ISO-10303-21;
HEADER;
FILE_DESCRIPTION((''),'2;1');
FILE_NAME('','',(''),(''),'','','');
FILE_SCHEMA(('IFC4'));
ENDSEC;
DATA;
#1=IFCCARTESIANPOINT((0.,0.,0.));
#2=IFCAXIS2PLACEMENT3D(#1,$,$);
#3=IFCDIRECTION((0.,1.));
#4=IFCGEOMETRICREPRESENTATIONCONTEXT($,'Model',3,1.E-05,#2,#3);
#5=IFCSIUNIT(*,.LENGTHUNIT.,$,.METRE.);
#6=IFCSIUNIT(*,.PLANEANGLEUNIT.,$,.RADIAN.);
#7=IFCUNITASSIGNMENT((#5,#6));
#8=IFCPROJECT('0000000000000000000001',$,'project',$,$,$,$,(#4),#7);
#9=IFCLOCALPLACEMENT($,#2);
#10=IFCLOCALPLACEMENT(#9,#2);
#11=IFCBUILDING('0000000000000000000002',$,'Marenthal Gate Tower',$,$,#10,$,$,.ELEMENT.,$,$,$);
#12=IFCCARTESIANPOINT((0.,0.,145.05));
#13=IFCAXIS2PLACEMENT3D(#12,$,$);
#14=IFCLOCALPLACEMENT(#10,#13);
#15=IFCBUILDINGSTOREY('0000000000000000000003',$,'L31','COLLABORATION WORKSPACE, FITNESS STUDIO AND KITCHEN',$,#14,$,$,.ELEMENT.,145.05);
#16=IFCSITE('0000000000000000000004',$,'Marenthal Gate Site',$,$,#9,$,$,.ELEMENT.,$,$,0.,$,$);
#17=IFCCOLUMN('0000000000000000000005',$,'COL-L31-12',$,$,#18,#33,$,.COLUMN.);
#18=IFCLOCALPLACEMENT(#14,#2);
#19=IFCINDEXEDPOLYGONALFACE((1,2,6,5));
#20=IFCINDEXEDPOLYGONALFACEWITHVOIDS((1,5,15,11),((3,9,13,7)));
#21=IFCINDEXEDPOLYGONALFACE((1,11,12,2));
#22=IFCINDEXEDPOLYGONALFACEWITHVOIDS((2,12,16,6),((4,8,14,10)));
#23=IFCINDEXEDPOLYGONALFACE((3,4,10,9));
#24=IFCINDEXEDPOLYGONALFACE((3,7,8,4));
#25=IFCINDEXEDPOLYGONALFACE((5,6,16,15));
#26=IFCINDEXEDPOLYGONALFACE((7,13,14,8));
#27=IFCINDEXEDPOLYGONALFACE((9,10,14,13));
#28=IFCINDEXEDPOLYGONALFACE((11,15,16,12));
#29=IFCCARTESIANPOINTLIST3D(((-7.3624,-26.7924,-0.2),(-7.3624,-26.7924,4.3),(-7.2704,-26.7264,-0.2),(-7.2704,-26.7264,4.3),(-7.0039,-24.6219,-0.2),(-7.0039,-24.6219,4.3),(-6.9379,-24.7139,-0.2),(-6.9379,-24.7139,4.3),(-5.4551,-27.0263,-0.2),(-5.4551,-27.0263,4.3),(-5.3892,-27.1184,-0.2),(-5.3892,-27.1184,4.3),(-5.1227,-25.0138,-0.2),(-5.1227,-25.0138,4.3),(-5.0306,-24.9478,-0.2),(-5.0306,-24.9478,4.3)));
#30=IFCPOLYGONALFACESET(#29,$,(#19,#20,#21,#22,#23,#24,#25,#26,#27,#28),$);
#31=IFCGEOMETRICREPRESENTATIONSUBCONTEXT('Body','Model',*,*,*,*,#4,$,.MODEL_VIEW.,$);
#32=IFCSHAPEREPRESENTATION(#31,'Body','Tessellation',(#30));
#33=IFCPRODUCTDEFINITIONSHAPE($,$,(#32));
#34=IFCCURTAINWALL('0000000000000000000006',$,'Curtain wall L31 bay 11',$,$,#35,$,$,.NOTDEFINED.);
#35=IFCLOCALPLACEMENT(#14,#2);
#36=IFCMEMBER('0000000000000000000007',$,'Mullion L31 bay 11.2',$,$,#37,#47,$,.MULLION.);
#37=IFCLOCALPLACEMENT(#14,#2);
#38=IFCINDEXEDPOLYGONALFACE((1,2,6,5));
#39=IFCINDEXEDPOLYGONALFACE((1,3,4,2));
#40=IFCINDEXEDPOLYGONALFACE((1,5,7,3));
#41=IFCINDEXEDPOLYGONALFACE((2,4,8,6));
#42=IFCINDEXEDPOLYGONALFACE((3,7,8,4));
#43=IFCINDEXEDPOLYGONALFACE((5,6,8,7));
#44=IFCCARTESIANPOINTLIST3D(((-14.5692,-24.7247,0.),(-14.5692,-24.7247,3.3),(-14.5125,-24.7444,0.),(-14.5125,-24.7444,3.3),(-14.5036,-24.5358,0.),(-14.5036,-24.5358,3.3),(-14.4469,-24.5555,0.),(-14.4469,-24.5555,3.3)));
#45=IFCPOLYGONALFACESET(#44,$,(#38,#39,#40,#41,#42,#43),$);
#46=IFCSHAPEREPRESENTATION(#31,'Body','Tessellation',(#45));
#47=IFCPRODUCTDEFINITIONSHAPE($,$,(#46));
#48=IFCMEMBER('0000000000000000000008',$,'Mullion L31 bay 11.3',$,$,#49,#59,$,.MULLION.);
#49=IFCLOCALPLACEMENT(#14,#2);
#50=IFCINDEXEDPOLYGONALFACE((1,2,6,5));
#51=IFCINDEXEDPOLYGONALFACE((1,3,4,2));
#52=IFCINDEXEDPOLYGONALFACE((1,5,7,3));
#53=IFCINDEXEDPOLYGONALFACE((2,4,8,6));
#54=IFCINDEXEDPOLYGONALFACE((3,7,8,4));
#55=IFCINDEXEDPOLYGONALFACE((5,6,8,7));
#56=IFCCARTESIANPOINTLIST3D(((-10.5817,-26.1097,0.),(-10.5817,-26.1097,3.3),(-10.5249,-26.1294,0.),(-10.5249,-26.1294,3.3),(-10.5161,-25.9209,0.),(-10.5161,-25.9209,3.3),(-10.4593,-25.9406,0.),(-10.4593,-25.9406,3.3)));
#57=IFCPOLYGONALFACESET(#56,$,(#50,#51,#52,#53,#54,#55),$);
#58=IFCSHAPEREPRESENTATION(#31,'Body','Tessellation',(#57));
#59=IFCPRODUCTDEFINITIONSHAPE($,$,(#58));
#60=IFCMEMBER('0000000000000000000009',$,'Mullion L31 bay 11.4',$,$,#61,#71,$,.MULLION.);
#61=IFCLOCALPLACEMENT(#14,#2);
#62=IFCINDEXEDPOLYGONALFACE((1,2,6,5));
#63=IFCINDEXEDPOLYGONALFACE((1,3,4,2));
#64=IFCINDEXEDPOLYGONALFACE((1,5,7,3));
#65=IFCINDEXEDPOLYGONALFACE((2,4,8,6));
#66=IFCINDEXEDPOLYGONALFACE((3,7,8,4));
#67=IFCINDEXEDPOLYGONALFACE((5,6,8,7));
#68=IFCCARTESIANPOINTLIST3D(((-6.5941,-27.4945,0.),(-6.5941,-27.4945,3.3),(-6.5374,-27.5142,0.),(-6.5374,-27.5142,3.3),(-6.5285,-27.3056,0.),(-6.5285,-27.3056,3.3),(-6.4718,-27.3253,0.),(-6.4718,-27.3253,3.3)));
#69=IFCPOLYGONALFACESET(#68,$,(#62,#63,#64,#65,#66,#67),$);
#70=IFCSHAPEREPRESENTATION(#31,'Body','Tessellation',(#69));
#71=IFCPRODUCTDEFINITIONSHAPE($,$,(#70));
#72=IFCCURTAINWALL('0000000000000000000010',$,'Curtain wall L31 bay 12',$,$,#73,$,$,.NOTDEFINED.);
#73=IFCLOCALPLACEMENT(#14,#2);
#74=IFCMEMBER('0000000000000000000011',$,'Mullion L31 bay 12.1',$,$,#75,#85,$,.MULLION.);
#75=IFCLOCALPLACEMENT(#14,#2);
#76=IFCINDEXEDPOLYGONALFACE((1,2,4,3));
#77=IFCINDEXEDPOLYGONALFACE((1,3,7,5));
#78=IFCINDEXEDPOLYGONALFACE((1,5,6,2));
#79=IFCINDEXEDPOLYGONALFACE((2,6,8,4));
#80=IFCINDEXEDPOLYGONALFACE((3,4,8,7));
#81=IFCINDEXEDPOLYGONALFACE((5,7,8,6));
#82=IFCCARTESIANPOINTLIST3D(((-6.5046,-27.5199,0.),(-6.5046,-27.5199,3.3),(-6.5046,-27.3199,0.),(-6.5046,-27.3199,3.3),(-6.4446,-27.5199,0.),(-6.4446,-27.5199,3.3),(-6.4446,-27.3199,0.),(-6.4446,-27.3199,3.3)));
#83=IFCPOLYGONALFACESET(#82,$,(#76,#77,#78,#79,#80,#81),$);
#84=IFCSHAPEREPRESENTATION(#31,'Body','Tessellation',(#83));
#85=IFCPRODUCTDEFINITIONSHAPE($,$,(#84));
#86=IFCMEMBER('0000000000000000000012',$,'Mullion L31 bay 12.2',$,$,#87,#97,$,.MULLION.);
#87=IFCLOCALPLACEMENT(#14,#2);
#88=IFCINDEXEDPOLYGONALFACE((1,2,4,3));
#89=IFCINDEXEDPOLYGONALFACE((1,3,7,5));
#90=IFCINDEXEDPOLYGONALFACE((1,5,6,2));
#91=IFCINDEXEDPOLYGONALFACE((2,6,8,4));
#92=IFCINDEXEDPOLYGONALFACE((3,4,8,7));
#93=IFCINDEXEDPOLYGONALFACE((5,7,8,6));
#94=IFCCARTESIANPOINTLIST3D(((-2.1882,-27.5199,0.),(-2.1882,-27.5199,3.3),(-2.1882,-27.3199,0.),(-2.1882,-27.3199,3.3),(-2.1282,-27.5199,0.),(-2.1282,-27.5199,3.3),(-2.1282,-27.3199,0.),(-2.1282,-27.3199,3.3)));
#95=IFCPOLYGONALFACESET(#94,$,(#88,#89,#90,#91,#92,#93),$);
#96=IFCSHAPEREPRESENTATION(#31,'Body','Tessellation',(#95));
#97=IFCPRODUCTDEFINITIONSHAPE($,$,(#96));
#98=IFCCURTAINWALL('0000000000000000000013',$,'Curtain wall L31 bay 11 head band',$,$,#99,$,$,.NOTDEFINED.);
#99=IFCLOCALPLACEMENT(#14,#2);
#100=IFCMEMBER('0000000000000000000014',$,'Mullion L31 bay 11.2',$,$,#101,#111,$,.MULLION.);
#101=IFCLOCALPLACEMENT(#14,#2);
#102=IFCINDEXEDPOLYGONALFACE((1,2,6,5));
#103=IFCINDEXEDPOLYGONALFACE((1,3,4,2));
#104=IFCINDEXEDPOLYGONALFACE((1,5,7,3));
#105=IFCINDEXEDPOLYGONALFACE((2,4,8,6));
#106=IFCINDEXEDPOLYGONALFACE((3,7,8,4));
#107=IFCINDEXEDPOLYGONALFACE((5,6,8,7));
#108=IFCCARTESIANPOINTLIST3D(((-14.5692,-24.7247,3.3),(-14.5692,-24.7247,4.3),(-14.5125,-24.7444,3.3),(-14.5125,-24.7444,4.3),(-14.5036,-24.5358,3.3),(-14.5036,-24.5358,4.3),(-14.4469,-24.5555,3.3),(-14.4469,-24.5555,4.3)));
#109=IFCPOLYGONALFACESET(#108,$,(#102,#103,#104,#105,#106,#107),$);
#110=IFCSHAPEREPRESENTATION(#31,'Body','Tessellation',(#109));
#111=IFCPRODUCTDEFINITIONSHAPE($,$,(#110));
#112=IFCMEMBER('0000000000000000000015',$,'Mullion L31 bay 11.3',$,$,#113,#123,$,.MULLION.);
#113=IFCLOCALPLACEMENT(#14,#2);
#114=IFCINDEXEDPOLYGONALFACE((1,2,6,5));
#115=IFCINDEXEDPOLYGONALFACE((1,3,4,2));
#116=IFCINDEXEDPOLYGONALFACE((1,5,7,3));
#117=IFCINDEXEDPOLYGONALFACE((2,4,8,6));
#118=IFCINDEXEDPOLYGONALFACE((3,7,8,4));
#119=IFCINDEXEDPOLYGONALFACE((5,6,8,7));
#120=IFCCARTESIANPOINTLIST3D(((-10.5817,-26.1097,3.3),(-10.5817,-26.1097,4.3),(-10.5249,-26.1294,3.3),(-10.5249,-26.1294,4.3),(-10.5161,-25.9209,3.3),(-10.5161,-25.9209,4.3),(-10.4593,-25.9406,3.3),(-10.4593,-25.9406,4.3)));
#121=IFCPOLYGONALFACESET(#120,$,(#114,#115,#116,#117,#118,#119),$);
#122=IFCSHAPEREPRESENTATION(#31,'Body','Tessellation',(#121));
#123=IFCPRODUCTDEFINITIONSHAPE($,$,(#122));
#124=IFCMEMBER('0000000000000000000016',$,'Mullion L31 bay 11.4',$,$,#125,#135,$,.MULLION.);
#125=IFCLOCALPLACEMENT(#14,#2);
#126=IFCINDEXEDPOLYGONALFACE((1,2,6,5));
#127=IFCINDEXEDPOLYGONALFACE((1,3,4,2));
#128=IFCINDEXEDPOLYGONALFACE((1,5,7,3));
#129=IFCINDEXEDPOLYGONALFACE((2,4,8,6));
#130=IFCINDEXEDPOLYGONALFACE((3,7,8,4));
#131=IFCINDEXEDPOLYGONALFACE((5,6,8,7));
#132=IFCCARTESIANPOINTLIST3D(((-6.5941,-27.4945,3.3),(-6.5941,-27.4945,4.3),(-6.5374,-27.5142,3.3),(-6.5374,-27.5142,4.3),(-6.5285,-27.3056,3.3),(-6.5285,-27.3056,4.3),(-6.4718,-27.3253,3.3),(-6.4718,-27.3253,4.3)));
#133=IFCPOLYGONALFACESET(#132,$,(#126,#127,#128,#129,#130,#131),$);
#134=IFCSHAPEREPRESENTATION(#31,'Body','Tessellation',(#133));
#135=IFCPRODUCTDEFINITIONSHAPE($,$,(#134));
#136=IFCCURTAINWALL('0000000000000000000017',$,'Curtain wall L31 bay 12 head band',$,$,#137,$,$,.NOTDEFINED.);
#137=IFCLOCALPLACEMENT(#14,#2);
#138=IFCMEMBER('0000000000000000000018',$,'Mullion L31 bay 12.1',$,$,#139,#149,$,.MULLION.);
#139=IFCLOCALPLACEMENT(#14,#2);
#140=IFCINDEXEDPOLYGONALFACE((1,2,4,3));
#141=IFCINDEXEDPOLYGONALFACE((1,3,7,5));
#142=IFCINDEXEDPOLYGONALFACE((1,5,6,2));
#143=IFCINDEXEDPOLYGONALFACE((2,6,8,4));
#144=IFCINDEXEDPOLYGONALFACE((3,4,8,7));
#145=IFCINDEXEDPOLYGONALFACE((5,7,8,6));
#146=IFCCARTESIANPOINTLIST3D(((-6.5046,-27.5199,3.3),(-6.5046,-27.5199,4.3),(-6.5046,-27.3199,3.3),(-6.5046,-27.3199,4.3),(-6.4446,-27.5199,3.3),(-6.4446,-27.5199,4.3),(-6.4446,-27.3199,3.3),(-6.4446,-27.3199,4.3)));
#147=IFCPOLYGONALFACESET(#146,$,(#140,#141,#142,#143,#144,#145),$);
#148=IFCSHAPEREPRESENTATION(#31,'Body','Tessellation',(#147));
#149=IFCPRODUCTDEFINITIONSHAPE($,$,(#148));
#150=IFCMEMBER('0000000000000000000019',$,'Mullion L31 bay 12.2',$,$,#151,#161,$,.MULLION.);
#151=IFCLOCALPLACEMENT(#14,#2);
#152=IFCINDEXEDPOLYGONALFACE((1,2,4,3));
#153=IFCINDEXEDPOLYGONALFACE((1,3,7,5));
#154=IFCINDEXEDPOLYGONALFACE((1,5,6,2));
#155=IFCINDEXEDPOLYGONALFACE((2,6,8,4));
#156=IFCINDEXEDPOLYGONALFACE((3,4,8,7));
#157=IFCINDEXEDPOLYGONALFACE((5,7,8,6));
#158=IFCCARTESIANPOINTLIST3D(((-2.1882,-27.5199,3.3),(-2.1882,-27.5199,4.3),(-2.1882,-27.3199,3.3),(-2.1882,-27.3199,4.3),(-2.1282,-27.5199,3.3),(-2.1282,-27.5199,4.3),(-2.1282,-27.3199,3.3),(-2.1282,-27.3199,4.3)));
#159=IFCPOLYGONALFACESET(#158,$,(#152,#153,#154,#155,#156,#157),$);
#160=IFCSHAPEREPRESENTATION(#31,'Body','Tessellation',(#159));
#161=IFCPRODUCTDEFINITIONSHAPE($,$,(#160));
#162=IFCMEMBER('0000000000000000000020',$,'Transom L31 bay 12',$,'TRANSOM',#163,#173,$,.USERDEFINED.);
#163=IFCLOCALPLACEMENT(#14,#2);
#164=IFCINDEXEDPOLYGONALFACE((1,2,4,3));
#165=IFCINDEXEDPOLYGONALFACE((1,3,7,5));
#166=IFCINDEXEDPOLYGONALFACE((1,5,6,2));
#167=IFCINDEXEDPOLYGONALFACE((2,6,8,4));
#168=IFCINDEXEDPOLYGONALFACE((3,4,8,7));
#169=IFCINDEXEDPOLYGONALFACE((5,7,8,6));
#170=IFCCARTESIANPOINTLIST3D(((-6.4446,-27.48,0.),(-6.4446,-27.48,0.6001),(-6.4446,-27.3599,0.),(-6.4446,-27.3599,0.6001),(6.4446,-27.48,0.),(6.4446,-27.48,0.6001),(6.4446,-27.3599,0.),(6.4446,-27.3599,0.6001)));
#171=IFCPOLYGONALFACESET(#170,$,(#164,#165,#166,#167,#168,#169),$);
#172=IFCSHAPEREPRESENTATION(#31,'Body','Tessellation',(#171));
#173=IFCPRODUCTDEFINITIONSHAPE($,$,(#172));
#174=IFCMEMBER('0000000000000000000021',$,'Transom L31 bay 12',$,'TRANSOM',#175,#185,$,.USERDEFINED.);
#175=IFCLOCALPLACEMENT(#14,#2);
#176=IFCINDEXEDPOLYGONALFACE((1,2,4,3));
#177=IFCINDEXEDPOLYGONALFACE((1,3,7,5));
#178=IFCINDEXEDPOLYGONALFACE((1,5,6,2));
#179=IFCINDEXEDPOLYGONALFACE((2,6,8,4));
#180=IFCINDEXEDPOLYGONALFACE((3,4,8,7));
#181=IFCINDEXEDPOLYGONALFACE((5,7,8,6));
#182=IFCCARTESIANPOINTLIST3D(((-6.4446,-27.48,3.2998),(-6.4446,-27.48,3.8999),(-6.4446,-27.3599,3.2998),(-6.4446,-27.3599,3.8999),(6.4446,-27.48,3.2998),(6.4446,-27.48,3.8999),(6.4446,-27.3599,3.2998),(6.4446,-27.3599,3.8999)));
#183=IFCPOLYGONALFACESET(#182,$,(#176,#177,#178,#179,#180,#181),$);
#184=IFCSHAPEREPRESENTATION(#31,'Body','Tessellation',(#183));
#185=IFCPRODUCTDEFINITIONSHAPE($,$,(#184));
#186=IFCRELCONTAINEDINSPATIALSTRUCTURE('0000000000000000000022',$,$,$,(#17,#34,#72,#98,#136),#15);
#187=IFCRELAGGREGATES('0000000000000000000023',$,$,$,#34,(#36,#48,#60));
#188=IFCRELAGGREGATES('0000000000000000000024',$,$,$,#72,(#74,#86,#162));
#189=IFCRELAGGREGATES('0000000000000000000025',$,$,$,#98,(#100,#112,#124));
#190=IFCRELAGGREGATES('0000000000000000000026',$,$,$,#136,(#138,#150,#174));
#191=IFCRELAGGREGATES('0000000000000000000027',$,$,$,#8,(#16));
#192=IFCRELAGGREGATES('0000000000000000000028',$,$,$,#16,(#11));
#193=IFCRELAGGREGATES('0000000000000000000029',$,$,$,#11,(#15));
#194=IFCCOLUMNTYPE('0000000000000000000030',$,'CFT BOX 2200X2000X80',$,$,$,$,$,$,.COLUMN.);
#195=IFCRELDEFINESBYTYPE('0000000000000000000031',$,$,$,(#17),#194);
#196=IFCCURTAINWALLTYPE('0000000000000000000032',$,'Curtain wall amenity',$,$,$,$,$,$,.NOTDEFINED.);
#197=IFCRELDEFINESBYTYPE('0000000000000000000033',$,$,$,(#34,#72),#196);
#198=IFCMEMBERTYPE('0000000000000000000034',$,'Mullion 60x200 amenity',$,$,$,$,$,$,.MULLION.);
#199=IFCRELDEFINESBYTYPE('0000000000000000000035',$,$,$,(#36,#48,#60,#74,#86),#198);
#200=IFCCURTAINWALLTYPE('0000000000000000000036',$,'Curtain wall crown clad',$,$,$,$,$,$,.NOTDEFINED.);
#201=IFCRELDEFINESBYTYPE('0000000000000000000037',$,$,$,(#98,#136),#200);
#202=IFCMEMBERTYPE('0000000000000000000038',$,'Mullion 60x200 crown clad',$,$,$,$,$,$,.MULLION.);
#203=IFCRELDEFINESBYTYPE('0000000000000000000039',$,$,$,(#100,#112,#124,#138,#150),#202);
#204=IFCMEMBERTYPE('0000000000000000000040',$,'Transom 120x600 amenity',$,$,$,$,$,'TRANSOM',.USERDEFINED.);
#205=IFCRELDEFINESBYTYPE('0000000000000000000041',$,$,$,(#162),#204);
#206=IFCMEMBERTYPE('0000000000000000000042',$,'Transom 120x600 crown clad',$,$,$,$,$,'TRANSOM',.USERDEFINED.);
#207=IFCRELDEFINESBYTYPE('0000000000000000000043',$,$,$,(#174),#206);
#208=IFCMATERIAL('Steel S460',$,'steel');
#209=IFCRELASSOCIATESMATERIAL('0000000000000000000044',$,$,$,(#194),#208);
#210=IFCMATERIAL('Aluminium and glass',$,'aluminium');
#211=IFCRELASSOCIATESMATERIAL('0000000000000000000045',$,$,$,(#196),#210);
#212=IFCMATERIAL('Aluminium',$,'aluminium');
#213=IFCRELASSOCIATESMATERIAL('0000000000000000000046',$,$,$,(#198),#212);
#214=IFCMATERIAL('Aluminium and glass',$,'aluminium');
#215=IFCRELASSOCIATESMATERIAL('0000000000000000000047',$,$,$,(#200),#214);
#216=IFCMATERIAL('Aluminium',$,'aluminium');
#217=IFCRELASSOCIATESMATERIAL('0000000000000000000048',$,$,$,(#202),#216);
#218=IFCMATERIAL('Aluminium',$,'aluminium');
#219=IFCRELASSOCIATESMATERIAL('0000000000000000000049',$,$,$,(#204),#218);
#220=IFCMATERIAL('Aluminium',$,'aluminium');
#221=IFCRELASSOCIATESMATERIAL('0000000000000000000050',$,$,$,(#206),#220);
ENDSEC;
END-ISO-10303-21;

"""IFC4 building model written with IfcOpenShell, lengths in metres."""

from ifc_helpers import new_model, si_unit, direction, frame, origin, origin_2d, place, context, subcontext, project, spatial, rectangle, hollow_rectangle, extrude, material, material_profile, profile_set, type_object, element, aggregate, save


model = new_model("IFC4")

# Units and contexts
model_context = context("Model", 3, precision=1e-05, world=origin(), true_north=direction((0.0, 1.0)))
body_context = subcontext(model_context, "Body", "Model", "MODEL_VIEW")
ifc_project = project(units=[si_unit("LENGTHUNIT", "METRE"), si_unit("PLANEANGLEUNIT", "RADIAN")], contexts=[model_context])

# Site, building, storey
site_placement = place(None, origin())
site = spatial("IfcSite", under=ifc_project, at=site_placement, Name="Marenthal Gate Site", CompositionType="ELEMENT", RefElevation=0.0)
building_placement = place(site_placement, origin())
building = spatial("IfcBuilding", under=site, at=building_placement, Name="Marenthal Gate Tower", CompositionType="ELEMENT")
storey_placement = place(building_placement, frame((0.0, 0.0, 145.05)))
storey = spatial("IfcBuildingStorey", under=building, at=storey_placement, Name="L31", Description="COLLABORATION WORKSPACE, FITNESS STUDIO AND KITCHEN", CompositionType="ELEMENT", Elevation=145.05)

# Column
ifc_material_1 = material(Name="Steel S460", Category="steel")
ifc_material_profile_1 = material_profile(ifc_material_1, hollow_rectangle(XDim=2.0, YDim=2.2, WallThickness=0.0801, at=origin_2d()), Name="CFT BOX 2200X2000X80")
ifc_material_2 = material(Name="Concrete 70 MPa", Category="concrete")
ifc_material_profile_2 = material_profile(ifc_material_2, rectangle(XDim=1.8401, YDim=2.04, at=origin_2d()), Name="CFT BOX 2200X2000X80 INFILL")
ifc_profile_set_1 = profile_set([ifc_material_profile_1, ifc_material_profile_2], Name="Steel S460 shell, Concrete 70 MPa infill")
column_type = type_object("IfcColumnType", Name="CFT BOX 2200X2000X80", PredefinedType="COLUMN", material=ifc_profile_set_1)
column_placement = place(storey_placement, frame((-6.1965, -25.8701, -0.2), z_axis=(0.0, 0.0, 1.0), x_axis=(-0.986629, 0.16298, 0.0)))
element("IfcColumn", 1, at=column_placement, inside=storey, type_object=column_type, Name="COL-L31-12", PredefinedType="COLUMN", context=body_context, shape_type="SweptSolid", body=[
    extrude(hollow_rectangle(XDim=2.0, YDim=2.2, WallThickness=0.0801, at=origin_2d()), origin(), (0.0, 0.0, 1.0), 4.5),
])

# Curtain walls, members
ifc_material_3 = material(Name="Aluminium and glass", Category="aluminium")
curtain_wall_type_1 = type_object("IfcCurtainWallType", Name="Curtain wall amenity", PredefinedType="NOTDEFINED", material=ifc_material_3)
curtain_wall_1_placement = place(storey_placement, origin())
curtain_wall_1 = element("IfcCurtainWall", 2, at=curtain_wall_1_placement, inside=storey, type_object=curtain_wall_type_1, Name="Curtain wall L31 bay 11", PredefinedType="NOTDEFINED")
ifc_material_4 = material(Name="Aluminium", Category="aluminium")
ifc_material_profile_3 = material_profile(ifc_material_4, rectangle(XDim=0.2, YDim=0.0601, at=origin_2d()), Name="60x200 aluminium mullion")
ifc_profile_set_2 = profile_set([ifc_material_profile_3], Name="Aluminium")
member_type_1 = type_object("IfcMemberType", Name="Mullion 60x200 amenity", PredefinedType="MULLION", material=ifc_profile_set_2)
member_1_placement = place(storey_placement, frame((-14.5081, -24.6401, 0.0), z_axis=(0.0, 0.0, 1.0), x_axis=(0.328089, 0.944647, 0.0)))
member_1 = element("IfcMember", 3, at=member_1_placement, type_object=member_type_1, Name="Mullion L31 bay 11.2", PredefinedType="MULLION", context=body_context, shape_type="SweptSolid", body=[
    extrude(rectangle(XDim=0.2, YDim=0.0601, at=origin_2d()), origin(), (0.0, 0.0, 1.0), 3.3),
])
member_2_placement = place(storey_placement, frame((-10.5205, -26.0251, 0.0), z_axis=(0.0, 0.0, 1.0), x_axis=(0.328089, 0.944647, 0.0)))
member_2 = element("IfcMember", 4, at=member_2_placement, type_object=member_type_1, Name="Mullion L31 bay 11.3", PredefinedType="MULLION", context=body_context, shape_type="SweptSolid", body=[
    extrude(rectangle(XDim=0.2, YDim=0.0601, at=origin_2d()), origin(), (0.0, 0.0, 1.0), 3.3),
])
member_3_placement = place(storey_placement, frame((-6.533, -27.4099, 0.0), z_axis=(0.0, 0.0, 1.0), x_axis=(0.328089, 0.944647, 0.0)))
member_3 = element("IfcMember", 5, at=member_3_placement, type_object=member_type_1, Name="Mullion L31 bay 11.4", PredefinedType="MULLION", context=body_context, shape_type="SweptSolid", body=[
    extrude(rectangle(XDim=0.2, YDim=0.0601, at=origin_2d()), origin(), (0.0, 0.0, 1.0), 3.3),
])
curtain_wall_2_placement = place(storey_placement, origin())
curtain_wall_2 = element("IfcCurtainWall", 6, at=curtain_wall_2_placement, inside=storey, type_object=curtain_wall_type_1, Name="Curtain wall L31 bay 12", PredefinedType="NOTDEFINED")
member_4_placement = place(storey_placement, frame((-6.4746, -27.4199, 0.0), z_axis=(0.0, 0.0, 1.0), x_axis=(0.0, 1.0, 0.0)))
member_4 = element("IfcMember", 7, at=member_4_placement, type_object=member_type_1, Name="Mullion L31 bay 12.1", PredefinedType="MULLION", context=body_context, shape_type="SweptSolid", body=[
    extrude(rectangle(XDim=0.2, YDim=0.0601, at=origin_2d()), origin(), (0.0, 0.0, 1.0), 3.3),
])
member_5_placement = place(storey_placement, frame((-2.1582, -27.4199, 0.0), z_axis=(0.0, 0.0, 1.0), x_axis=(0.0, 1.0, 0.0)))
member_5 = element("IfcMember", 8, at=member_5_placement, type_object=member_type_1, Name="Mullion L31 bay 12.2", PredefinedType="MULLION", context=body_context, shape_type="SweptSolid", body=[
    extrude(rectangle(XDim=0.2, YDim=0.0601, at=origin_2d()), origin(), (0.0, 0.0, 1.0), 3.3),
])
ifc_material_5 = material(Name="Aluminium and glass", Category="aluminium")
curtain_wall_type_2 = type_object("IfcCurtainWallType", Name="Curtain wall crown clad", PredefinedType="NOTDEFINED", material=ifc_material_5)
curtain_wall_3_placement = place(storey_placement, origin())
curtain_wall_3 = element("IfcCurtainWall", 9, at=curtain_wall_3_placement, inside=storey, type_object=curtain_wall_type_2, Name="Curtain wall L31 bay 11 head band", PredefinedType="NOTDEFINED")
ifc_material_6 = material(Name="Aluminium", Category="aluminium")
ifc_material_profile_4 = material_profile(ifc_material_6, rectangle(XDim=0.2, YDim=0.0601, at=origin_2d()), Name="60x200 aluminium mullion")
ifc_profile_set_3 = profile_set([ifc_material_profile_4], Name="Aluminium")
member_type_2 = type_object("IfcMemberType", Name="Mullion 60x200 crown clad", PredefinedType="MULLION", material=ifc_profile_set_3)
member_6_placement = place(storey_placement, frame((-14.5081, -24.6401, 3.3), z_axis=(0.0, 0.0, 1.0), x_axis=(0.328089, 0.944647, 0.0)))
member_6 = element("IfcMember", 10, at=member_6_placement, type_object=member_type_2, Name="Mullion L31 bay 11.2", PredefinedType="MULLION", context=body_context, shape_type="SweptSolid", body=[
    extrude(rectangle(XDim=0.2, YDim=0.0601, at=origin_2d()), origin(), (0.0, 0.0, 1.0), 1.0),
])
member_7_placement = place(storey_placement, frame((-10.5205, -26.0251, 3.3), z_axis=(0.0, 0.0, 1.0), x_axis=(0.328089, 0.944647, 0.0)))
member_7 = element("IfcMember", 11, at=member_7_placement, type_object=member_type_2, Name="Mullion L31 bay 11.3", PredefinedType="MULLION", context=body_context, shape_type="SweptSolid", body=[
    extrude(rectangle(XDim=0.2, YDim=0.0601, at=origin_2d()), origin(), (0.0, 0.0, 1.0), 1.0),
])
member_8_placement = place(storey_placement, frame((-6.533, -27.4099, 3.3), z_axis=(0.0, 0.0, 1.0), x_axis=(0.328089, 0.944647, 0.0)))
member_8 = element("IfcMember", 12, at=member_8_placement, type_object=member_type_2, Name="Mullion L31 bay 11.4", PredefinedType="MULLION", context=body_context, shape_type="SweptSolid", body=[
    extrude(rectangle(XDim=0.2, YDim=0.0601, at=origin_2d()), origin(), (0.0, 0.0, 1.0), 1.0),
])
curtain_wall_4_placement = place(storey_placement, origin())
curtain_wall_4 = element("IfcCurtainWall", 13, at=curtain_wall_4_placement, inside=storey, type_object=curtain_wall_type_2, Name="Curtain wall L31 bay 12 head band", PredefinedType="NOTDEFINED")
member_9_placement = place(storey_placement, frame((-6.4746, -27.4199, 3.3), z_axis=(0.0, 0.0, 1.0), x_axis=(0.0, 1.0, 0.0)))
member_9 = element("IfcMember", 14, at=member_9_placement, type_object=member_type_2, Name="Mullion L31 bay 12.1", PredefinedType="MULLION", context=body_context, shape_type="SweptSolid", body=[
    extrude(rectangle(XDim=0.2, YDim=0.0601, at=origin_2d()), origin(), (0.0, 0.0, 1.0), 1.0),
])
member_10_placement = place(storey_placement, frame((-2.1582, -27.4199, 3.3), z_axis=(0.0, 0.0, 1.0), x_axis=(0.0, 1.0, 0.0)))
member_10 = element("IfcMember", 15, at=member_10_placement, type_object=member_type_2, Name="Mullion L31 bay 12.2", PredefinedType="MULLION", context=body_context, shape_type="SweptSolid", body=[
    extrude(rectangle(XDim=0.2, YDim=0.0601, at=origin_2d()), origin(), (0.0, 0.0, 1.0), 1.0),
])

# Members
ifc_material_7 = material(Name="Aluminium", Category="aluminium")
ifc_material_profile_5 = material_profile(ifc_material_7, rectangle(XDim=0.1201, YDim=0.6001, at=origin_2d()), Name="120x600 aluminium transom")
ifc_profile_set_4 = profile_set([ifc_material_profile_5], Name="Aluminium")
member_type_3 = type_object("IfcMemberType", Name="Transom 120x600 amenity", ElementType="TRANSOM", PredefinedType="USERDEFINED", material=ifc_profile_set_4)
member_11_placement = place(storey_placement, frame((-6.4446, -27.4199, 0.3), z_axis=(1.0, 0.0, 0.0), x_axis=(0.0, 1.0, 0.0)))
member_11 = element("IfcMember", 16, at=member_11_placement, type_object=member_type_3, Name="Transom L31 bay 12", ObjectType="TRANSOM", PredefinedType="USERDEFINED", context=body_context, shape_type="SweptSolid", body=[
    extrude(rectangle(XDim=0.1201, YDim=0.6001, at=origin_2d()), origin(), (0.0, 0.0, 1.0), 12.8892),
])
ifc_material_8 = material(Name="Aluminium", Category="aluminium")
ifc_material_profile_6 = material_profile(ifc_material_8, rectangle(XDim=0.1201, YDim=0.6001, at=origin_2d()), Name="120x600 aluminium transom")
ifc_profile_set_5 = profile_set([ifc_material_profile_6], Name="Aluminium")
member_type_4 = type_object("IfcMemberType", Name="Transom 120x600 crown clad", ElementType="TRANSOM", PredefinedType="USERDEFINED", material=ifc_profile_set_5)
member_12_placement = place(storey_placement, frame((-6.4446, -27.4199, 3.5999), z_axis=(1.0, 0.0, 0.0), x_axis=(0.0, 1.0, 0.0)))
member_12 = element("IfcMember", 17, at=member_12_placement, type_object=member_type_4, Name="Transom L31 bay 12", ObjectType="TRANSOM", PredefinedType="USERDEFINED", context=body_context, shape_type="SweptSolid", body=[
    extrude(rectangle(XDim=0.1201, YDim=0.6001, at=origin_2d()), origin(), (0.0, 0.0, 1.0), 12.8892),
])

aggregate(curtain_wall_1, [member_1, member_2, member_3])
aggregate(curtain_wall_2, [member_4, member_5, member_11])
aggregate(curtain_wall_3, [member_6, member_7, member_8])
aggregate(curtain_wall_4, [member_9, member_10, member_12])

save(model, "model.ifc")
